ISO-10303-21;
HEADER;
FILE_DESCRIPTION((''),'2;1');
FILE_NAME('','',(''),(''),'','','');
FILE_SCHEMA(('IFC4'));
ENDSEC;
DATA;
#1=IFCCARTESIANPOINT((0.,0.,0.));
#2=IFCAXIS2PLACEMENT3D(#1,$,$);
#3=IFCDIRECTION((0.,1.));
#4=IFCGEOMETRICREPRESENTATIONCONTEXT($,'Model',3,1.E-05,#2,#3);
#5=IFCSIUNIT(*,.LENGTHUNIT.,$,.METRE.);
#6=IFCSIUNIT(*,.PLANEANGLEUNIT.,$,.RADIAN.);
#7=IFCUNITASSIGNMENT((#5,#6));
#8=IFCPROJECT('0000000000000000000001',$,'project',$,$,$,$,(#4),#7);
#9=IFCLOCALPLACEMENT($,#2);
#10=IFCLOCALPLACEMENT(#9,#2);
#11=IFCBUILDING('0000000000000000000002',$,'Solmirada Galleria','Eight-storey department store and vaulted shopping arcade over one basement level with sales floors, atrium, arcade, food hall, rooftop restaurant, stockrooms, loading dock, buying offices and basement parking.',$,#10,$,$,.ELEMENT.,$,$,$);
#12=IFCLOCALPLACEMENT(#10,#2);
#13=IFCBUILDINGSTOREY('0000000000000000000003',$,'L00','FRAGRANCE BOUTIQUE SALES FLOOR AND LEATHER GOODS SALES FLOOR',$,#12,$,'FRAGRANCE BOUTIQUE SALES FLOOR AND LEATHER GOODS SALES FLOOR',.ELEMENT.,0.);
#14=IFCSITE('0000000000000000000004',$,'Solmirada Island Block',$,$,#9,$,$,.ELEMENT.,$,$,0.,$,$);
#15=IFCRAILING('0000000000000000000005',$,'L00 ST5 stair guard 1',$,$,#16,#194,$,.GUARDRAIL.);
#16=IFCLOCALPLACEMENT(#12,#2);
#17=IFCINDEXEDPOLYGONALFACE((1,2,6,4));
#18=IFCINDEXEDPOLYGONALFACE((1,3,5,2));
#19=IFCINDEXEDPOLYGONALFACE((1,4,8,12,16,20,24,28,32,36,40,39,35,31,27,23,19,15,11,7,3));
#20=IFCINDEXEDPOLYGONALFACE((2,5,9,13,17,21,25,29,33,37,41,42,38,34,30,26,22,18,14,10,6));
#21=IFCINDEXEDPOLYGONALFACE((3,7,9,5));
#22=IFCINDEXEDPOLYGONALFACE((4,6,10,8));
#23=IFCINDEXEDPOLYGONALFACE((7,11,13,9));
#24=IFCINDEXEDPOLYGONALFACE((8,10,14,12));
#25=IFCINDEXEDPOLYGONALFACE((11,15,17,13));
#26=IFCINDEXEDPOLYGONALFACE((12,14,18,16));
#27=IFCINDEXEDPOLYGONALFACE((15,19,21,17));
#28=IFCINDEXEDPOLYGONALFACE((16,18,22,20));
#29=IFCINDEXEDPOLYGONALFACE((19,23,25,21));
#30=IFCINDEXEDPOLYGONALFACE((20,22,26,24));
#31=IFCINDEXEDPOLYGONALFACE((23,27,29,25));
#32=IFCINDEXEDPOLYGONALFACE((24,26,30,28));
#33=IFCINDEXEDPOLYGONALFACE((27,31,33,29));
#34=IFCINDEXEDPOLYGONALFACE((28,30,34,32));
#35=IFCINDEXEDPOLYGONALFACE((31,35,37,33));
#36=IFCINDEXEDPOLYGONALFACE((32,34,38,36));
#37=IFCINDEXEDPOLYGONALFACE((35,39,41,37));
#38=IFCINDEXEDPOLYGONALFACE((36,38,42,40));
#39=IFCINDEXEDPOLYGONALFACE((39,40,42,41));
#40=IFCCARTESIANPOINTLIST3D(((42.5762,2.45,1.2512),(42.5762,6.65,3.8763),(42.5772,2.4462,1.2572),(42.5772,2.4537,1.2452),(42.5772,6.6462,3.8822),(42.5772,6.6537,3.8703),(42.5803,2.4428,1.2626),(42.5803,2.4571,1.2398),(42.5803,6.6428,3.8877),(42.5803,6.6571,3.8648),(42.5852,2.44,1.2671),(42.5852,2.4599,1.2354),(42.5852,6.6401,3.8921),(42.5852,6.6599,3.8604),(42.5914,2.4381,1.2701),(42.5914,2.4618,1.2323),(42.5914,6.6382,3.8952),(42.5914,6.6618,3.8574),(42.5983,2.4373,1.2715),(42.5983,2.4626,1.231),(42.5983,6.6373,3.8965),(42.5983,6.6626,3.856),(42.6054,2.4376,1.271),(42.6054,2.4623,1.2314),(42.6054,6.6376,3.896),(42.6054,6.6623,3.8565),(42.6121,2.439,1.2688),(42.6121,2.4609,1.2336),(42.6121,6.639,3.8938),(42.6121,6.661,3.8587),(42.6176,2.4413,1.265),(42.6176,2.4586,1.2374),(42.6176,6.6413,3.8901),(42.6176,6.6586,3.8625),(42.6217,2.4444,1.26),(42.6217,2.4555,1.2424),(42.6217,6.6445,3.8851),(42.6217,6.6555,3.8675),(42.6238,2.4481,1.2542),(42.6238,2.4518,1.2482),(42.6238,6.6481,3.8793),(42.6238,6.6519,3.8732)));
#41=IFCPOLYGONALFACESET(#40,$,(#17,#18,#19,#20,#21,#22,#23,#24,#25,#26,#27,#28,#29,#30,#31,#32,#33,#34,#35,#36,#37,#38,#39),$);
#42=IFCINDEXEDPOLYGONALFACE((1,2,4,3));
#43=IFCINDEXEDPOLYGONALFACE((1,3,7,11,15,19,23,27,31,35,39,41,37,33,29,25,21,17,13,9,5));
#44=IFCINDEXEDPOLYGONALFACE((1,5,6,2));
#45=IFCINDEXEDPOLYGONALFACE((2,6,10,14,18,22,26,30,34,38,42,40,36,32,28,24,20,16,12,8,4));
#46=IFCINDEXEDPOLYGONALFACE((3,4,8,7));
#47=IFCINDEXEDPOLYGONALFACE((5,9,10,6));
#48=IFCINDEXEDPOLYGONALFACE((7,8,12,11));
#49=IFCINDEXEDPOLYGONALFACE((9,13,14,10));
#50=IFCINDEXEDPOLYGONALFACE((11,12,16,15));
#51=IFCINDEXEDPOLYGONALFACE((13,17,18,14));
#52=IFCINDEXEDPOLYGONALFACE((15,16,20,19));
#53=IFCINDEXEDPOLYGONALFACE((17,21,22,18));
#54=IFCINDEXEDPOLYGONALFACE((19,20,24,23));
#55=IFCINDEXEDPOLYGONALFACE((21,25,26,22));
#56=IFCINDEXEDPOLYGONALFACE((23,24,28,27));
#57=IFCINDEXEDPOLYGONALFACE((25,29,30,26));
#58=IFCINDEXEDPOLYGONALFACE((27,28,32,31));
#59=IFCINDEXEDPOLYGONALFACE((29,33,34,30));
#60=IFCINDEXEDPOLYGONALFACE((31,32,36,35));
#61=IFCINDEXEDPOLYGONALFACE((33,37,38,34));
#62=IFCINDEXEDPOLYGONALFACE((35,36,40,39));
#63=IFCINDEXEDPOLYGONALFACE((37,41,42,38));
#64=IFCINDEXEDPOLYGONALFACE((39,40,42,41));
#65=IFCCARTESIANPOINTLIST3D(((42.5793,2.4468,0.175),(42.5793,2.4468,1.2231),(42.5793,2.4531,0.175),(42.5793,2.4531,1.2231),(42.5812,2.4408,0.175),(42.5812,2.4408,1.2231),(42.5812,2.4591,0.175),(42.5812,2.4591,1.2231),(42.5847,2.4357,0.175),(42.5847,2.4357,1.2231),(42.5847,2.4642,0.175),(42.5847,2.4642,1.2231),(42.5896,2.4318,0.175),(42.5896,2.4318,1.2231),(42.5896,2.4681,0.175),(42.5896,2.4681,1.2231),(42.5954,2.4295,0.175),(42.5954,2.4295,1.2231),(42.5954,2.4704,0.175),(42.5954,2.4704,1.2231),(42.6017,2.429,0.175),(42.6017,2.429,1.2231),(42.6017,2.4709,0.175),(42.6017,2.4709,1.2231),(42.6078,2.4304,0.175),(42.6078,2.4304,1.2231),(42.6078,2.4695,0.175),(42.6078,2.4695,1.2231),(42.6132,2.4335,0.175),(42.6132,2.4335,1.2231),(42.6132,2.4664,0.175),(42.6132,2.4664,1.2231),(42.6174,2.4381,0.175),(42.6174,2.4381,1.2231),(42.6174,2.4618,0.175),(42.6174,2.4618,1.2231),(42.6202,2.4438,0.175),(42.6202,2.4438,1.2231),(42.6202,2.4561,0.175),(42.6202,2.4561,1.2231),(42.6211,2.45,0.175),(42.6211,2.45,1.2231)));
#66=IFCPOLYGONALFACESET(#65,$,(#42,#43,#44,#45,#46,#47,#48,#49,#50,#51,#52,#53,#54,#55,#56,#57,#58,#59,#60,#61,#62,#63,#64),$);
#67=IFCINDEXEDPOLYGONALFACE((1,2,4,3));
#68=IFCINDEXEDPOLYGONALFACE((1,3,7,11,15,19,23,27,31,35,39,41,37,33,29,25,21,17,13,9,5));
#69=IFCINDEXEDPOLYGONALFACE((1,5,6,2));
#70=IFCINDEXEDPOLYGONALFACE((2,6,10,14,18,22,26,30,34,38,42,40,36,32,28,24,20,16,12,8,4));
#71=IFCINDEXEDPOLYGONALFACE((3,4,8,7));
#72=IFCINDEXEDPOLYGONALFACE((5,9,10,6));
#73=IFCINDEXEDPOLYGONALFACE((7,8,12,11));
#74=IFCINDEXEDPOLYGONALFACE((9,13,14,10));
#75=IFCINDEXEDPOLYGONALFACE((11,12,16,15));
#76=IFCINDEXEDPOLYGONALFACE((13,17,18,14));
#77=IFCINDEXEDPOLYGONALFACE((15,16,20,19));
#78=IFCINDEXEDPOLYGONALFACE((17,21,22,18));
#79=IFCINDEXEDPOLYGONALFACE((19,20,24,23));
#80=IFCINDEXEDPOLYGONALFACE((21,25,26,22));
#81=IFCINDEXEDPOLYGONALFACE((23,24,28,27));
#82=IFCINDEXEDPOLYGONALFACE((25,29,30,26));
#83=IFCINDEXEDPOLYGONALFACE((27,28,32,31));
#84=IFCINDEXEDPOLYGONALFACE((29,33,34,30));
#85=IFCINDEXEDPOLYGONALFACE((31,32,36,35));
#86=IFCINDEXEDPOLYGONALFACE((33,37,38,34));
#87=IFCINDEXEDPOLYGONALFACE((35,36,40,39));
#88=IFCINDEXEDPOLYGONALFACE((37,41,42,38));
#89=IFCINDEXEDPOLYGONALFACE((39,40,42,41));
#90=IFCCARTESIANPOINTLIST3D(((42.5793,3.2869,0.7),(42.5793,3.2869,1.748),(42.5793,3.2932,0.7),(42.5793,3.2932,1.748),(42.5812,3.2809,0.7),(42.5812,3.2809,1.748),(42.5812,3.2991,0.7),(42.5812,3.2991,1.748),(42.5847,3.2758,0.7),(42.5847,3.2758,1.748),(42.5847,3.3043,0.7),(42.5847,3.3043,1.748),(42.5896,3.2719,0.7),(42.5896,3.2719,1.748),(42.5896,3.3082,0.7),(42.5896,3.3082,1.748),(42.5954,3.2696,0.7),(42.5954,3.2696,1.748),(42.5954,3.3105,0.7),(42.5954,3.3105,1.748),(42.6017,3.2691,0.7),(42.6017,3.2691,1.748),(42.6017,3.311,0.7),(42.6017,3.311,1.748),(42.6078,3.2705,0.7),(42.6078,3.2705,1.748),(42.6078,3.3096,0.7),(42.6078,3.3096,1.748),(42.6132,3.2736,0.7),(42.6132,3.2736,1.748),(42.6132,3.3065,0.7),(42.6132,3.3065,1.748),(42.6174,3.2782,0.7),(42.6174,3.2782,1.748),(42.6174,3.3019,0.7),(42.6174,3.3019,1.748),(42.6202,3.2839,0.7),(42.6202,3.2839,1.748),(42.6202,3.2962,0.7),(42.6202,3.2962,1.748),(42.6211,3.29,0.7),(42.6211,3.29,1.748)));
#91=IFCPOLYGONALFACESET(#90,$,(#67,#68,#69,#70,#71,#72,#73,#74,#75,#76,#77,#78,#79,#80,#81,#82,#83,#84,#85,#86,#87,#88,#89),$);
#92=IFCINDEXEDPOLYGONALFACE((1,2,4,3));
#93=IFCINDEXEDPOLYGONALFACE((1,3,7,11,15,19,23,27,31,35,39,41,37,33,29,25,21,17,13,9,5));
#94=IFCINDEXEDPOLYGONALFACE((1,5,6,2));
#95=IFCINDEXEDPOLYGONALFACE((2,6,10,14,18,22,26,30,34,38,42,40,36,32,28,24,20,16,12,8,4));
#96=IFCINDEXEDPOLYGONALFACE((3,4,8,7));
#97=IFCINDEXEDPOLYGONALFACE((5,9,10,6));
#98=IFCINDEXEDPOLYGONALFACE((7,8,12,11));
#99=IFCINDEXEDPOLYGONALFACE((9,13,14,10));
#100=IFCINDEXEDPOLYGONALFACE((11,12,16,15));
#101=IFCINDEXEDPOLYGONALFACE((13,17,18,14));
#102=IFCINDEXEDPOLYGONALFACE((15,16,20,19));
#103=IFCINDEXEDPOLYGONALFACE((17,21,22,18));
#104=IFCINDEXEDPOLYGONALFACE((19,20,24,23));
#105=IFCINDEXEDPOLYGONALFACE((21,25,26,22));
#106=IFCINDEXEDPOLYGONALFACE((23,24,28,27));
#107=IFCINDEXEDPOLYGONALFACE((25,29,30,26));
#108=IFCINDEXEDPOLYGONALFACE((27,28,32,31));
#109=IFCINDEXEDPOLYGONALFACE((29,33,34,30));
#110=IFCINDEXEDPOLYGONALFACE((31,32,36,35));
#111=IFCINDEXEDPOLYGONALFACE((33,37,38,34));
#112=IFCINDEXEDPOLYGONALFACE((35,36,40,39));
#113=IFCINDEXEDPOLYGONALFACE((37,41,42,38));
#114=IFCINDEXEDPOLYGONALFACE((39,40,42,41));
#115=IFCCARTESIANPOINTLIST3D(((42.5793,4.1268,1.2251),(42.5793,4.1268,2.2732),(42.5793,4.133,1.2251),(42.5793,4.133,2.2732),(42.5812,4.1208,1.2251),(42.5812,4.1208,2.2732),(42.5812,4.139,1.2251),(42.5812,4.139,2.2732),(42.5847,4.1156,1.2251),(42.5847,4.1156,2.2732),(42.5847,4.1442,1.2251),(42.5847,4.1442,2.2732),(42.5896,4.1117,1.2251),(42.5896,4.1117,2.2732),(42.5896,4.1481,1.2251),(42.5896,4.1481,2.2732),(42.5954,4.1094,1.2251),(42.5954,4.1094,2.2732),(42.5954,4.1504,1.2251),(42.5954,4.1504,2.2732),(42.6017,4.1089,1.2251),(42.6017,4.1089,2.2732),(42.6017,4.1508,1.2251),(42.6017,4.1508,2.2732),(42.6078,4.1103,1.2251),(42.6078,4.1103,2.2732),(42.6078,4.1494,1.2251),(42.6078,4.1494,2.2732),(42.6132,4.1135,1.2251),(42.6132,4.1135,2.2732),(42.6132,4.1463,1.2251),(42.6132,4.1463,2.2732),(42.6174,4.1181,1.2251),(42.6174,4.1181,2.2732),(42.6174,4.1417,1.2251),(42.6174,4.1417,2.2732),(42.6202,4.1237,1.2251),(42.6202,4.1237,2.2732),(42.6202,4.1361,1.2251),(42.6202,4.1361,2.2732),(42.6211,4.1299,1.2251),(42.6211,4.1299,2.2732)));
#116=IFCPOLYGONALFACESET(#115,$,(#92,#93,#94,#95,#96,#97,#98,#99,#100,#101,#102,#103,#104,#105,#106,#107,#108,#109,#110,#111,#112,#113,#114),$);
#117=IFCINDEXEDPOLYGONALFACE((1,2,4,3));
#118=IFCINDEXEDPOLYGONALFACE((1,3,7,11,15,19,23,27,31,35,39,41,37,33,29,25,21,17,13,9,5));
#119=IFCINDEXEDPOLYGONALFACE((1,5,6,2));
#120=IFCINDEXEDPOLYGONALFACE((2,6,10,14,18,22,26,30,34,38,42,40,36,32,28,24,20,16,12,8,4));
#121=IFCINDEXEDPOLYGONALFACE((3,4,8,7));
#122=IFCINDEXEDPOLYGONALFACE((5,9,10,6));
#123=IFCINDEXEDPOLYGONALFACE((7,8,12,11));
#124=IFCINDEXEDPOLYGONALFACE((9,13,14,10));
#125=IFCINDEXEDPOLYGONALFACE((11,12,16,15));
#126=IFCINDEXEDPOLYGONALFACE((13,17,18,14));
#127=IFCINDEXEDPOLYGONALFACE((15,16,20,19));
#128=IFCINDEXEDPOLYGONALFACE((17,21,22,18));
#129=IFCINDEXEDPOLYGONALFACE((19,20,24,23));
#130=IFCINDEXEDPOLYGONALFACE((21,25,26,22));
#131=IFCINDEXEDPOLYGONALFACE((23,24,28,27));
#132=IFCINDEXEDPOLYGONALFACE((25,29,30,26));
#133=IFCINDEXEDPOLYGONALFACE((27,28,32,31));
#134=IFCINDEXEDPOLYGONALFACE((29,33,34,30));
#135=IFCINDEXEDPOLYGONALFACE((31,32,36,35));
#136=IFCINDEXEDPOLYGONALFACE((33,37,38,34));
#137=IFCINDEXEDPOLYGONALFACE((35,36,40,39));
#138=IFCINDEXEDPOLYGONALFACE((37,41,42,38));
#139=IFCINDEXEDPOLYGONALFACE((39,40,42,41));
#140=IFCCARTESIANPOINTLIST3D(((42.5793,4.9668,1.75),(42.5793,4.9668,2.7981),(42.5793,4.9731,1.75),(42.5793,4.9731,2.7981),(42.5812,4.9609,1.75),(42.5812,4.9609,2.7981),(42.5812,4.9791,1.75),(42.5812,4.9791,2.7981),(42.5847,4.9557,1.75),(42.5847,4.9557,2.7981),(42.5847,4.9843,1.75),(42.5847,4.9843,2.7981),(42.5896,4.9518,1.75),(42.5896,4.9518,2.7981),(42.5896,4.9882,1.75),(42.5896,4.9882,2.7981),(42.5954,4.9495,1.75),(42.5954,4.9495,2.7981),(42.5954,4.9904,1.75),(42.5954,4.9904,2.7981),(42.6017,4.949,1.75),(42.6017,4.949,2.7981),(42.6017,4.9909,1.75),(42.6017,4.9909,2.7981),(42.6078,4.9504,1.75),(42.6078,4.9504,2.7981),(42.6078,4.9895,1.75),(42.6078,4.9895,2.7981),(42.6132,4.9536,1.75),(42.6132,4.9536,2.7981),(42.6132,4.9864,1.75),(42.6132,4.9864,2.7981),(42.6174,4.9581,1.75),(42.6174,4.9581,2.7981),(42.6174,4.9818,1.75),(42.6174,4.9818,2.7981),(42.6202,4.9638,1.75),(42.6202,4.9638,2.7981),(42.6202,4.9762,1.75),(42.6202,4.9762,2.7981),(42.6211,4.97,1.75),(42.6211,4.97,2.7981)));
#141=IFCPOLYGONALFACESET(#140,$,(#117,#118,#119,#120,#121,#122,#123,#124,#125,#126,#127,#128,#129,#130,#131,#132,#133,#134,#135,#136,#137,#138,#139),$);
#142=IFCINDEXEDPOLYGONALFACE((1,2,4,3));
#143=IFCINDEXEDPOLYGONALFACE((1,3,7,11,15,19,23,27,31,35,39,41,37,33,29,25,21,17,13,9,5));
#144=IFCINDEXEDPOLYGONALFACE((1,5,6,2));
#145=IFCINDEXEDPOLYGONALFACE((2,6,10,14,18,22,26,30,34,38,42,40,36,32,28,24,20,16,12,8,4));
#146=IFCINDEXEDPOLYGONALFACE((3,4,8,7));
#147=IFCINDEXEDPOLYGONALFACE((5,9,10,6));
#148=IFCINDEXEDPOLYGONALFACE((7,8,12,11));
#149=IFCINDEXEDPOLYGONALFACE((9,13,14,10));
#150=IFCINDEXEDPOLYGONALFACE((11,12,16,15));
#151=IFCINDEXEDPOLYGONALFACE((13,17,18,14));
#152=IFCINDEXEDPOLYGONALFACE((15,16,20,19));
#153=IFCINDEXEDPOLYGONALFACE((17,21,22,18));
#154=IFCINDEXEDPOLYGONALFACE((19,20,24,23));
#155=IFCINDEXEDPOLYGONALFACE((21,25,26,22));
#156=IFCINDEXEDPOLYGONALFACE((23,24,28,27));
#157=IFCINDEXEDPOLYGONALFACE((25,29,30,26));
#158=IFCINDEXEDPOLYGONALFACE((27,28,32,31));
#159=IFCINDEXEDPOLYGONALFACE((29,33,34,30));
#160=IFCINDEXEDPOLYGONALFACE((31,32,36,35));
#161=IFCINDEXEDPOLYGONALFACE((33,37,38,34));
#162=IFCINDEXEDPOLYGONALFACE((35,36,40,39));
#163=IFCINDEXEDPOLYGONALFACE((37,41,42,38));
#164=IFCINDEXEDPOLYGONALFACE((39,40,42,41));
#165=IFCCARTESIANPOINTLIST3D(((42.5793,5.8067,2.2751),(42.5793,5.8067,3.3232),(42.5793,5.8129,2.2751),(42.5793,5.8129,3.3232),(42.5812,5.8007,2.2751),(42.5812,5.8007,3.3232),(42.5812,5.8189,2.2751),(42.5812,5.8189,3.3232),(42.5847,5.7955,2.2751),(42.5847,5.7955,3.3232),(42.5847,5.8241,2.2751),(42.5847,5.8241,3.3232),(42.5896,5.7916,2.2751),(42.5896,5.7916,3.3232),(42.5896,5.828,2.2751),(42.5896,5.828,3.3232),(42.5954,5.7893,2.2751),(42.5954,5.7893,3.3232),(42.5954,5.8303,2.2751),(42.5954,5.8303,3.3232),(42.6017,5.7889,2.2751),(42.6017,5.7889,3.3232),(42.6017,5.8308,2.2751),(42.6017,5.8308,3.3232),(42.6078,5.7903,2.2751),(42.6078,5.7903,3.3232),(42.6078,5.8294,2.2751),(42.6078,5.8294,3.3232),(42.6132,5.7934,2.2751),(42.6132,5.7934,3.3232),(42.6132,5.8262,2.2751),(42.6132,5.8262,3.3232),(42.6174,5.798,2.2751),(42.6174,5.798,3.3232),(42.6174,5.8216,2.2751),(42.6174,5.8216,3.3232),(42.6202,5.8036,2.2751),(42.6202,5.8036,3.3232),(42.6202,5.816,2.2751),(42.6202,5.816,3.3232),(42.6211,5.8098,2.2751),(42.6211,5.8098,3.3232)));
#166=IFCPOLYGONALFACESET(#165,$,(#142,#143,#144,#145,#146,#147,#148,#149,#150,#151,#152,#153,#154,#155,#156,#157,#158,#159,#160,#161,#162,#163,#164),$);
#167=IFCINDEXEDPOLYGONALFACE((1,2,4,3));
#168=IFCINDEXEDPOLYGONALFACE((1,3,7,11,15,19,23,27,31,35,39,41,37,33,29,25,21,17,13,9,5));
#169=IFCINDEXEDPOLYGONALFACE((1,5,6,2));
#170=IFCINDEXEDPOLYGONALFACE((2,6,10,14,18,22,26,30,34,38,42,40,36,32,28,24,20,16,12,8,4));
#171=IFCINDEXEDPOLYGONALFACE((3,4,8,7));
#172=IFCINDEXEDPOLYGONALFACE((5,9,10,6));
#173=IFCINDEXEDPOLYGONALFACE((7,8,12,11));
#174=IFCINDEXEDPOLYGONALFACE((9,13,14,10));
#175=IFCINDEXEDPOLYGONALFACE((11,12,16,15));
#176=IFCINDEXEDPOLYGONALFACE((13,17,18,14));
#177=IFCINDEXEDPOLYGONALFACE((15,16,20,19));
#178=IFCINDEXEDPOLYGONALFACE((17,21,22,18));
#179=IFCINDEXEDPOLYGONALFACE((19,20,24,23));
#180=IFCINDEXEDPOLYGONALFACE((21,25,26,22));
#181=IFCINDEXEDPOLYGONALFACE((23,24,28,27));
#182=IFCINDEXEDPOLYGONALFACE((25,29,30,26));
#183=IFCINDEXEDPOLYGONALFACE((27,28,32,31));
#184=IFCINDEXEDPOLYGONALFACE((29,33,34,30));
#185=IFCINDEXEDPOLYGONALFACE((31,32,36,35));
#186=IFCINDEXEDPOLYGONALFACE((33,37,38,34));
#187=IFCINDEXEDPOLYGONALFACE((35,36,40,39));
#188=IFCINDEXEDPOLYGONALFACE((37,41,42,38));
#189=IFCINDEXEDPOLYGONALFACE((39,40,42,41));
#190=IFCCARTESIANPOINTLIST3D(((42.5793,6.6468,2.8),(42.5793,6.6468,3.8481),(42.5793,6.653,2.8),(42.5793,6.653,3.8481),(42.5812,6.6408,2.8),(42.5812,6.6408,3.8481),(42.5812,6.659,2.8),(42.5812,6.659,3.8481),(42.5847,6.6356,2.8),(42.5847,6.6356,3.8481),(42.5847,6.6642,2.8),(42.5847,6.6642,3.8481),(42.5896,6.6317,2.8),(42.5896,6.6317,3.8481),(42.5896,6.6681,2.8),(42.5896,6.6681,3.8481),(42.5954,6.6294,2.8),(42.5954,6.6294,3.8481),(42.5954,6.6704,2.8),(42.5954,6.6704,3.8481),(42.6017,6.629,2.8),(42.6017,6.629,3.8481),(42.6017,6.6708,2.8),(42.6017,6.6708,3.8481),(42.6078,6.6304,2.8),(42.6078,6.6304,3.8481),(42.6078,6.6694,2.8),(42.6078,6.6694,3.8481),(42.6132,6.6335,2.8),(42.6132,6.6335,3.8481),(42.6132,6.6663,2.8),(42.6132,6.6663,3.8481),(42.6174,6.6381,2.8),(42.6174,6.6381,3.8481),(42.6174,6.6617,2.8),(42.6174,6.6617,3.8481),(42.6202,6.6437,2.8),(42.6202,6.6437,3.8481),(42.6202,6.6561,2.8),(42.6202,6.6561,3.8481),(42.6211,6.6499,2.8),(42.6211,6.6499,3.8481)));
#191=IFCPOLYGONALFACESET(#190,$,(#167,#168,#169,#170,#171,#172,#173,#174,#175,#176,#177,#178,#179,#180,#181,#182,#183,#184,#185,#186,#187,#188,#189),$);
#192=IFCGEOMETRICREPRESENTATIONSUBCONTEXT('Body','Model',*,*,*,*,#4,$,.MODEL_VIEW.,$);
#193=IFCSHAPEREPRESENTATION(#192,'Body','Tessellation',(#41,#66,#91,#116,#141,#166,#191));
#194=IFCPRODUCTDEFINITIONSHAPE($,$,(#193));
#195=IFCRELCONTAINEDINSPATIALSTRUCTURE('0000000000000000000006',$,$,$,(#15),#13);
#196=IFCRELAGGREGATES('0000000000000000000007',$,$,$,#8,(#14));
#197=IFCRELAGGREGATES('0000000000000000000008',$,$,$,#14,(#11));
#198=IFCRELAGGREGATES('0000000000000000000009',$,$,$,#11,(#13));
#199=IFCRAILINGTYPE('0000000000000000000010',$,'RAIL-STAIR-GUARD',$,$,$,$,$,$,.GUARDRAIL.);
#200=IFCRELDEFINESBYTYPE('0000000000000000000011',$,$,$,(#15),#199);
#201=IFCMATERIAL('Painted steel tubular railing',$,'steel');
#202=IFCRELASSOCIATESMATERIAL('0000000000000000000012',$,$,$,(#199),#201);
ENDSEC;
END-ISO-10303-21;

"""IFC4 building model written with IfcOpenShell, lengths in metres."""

from ifc_helpers import new_model, si_unit, direction, frame, origin, origin_2d, place, context, subcontext, project, spatial, circle, extrude, material, type_object, element, save


model = new_model("IFC4")

# Units and contexts
model_context = context("Model", 3, precision=1e-05, world=origin(), true_north=direction((0.0, 1.0)))
body_context = subcontext(model_context, "Body", "Model", "MODEL_VIEW")
ifc_project = project(units=[si_unit("LENGTHUNIT", "METRE"), si_unit("PLANEANGLEUNIT", "RADIAN")], contexts=[model_context])

# Site, building, storey
site_placement = place(None, origin())
site = spatial("IfcSite", under=ifc_project, at=site_placement, Name="Solmirada Island Block", CompositionType="ELEMENT", RefElevation=0.0)
building_placement = place(site_placement, origin())
building = spatial("IfcBuilding", under=site, at=building_placement, Name="Solmirada Galleria", Description="Eight-storey department store and vaulted shopping arcade over one basement level with sales floors, atrium, arcade, food hall, rooftop restaurant, stockrooms, loading dock, buying offices and basement parking.", CompositionType="ELEMENT")
storey_placement = place(building_placement, origin())
storey = spatial("IfcBuildingStorey", under=building, at=storey_placement, Name="L00", Description="FRAGRANCE BOUTIQUE SALES FLOOR AND LEATHER GOODS SALES FLOOR", LongName="FRAGRANCE BOUTIQUE SALES FLOOR AND LEATHER GOODS SALES FLOOR", CompositionType="ELEMENT", Elevation=0.0)

# Railing
ifc_material_1 = material(Name="Painted steel tubular railing", Category="steel")
railing_type_1 = type_object("IfcRailingType", Name="RAIL-STAIR-GUARD", PredefinedType="GUARDRAIL", material=ifc_material_1)
railing_1_placement = place(storey_placement, frame((42.6001, 2.45, 0.175)))
element("IfcRailing", 1, at=railing_1_placement, inside=storey, type_object=railing_type_1, Name="L00 ST5 stair guard 1", PredefinedType="GUARDRAIL", context=body_context, shape_type="SweptSolid", body=[
    extrude(circle(Radius=0.0239, at=origin_2d()), frame((0.0, 0.0, 1.0762), z_axis=(0.0, 0.847996, 0.530003), x_axis=(-1.0, 0.0, 0.0)), (0.0, 0.0, 1.0), 4.9529),
    extrude(circle(Radius=0.021, at=origin_2d()), origin(), (0.0, 0.0, 1.0), 1.0481),
    extrude(circle(Radius=0.021, at=origin_2d()), frame((0.0, 0.8401, 0.5249)), (0.0, 0.0, 1.0), 1.0481),
    extrude(circle(Radius=0.021, at=origin_2d()), frame((0.0, 1.6799, 1.05)), (0.0, 0.0, 1.0), 1.0481),
    extrude(circle(Radius=0.021, at=origin_2d()), frame((0.0, 2.52, 1.575)), (0.0, 0.0, 1.0), 1.0481),
    extrude(circle(Radius=0.021, at=origin_2d()), frame((0.0, 3.3599, 2.1001)), (0.0, 0.0, 1.0), 1.0481),
    extrude(circle(Radius=0.021, at=origin_2d()), frame((0.0, 4.2, 2.625)), (0.0, 0.0, 1.0), 1.0481),
])

save(model, "model.ifc")
